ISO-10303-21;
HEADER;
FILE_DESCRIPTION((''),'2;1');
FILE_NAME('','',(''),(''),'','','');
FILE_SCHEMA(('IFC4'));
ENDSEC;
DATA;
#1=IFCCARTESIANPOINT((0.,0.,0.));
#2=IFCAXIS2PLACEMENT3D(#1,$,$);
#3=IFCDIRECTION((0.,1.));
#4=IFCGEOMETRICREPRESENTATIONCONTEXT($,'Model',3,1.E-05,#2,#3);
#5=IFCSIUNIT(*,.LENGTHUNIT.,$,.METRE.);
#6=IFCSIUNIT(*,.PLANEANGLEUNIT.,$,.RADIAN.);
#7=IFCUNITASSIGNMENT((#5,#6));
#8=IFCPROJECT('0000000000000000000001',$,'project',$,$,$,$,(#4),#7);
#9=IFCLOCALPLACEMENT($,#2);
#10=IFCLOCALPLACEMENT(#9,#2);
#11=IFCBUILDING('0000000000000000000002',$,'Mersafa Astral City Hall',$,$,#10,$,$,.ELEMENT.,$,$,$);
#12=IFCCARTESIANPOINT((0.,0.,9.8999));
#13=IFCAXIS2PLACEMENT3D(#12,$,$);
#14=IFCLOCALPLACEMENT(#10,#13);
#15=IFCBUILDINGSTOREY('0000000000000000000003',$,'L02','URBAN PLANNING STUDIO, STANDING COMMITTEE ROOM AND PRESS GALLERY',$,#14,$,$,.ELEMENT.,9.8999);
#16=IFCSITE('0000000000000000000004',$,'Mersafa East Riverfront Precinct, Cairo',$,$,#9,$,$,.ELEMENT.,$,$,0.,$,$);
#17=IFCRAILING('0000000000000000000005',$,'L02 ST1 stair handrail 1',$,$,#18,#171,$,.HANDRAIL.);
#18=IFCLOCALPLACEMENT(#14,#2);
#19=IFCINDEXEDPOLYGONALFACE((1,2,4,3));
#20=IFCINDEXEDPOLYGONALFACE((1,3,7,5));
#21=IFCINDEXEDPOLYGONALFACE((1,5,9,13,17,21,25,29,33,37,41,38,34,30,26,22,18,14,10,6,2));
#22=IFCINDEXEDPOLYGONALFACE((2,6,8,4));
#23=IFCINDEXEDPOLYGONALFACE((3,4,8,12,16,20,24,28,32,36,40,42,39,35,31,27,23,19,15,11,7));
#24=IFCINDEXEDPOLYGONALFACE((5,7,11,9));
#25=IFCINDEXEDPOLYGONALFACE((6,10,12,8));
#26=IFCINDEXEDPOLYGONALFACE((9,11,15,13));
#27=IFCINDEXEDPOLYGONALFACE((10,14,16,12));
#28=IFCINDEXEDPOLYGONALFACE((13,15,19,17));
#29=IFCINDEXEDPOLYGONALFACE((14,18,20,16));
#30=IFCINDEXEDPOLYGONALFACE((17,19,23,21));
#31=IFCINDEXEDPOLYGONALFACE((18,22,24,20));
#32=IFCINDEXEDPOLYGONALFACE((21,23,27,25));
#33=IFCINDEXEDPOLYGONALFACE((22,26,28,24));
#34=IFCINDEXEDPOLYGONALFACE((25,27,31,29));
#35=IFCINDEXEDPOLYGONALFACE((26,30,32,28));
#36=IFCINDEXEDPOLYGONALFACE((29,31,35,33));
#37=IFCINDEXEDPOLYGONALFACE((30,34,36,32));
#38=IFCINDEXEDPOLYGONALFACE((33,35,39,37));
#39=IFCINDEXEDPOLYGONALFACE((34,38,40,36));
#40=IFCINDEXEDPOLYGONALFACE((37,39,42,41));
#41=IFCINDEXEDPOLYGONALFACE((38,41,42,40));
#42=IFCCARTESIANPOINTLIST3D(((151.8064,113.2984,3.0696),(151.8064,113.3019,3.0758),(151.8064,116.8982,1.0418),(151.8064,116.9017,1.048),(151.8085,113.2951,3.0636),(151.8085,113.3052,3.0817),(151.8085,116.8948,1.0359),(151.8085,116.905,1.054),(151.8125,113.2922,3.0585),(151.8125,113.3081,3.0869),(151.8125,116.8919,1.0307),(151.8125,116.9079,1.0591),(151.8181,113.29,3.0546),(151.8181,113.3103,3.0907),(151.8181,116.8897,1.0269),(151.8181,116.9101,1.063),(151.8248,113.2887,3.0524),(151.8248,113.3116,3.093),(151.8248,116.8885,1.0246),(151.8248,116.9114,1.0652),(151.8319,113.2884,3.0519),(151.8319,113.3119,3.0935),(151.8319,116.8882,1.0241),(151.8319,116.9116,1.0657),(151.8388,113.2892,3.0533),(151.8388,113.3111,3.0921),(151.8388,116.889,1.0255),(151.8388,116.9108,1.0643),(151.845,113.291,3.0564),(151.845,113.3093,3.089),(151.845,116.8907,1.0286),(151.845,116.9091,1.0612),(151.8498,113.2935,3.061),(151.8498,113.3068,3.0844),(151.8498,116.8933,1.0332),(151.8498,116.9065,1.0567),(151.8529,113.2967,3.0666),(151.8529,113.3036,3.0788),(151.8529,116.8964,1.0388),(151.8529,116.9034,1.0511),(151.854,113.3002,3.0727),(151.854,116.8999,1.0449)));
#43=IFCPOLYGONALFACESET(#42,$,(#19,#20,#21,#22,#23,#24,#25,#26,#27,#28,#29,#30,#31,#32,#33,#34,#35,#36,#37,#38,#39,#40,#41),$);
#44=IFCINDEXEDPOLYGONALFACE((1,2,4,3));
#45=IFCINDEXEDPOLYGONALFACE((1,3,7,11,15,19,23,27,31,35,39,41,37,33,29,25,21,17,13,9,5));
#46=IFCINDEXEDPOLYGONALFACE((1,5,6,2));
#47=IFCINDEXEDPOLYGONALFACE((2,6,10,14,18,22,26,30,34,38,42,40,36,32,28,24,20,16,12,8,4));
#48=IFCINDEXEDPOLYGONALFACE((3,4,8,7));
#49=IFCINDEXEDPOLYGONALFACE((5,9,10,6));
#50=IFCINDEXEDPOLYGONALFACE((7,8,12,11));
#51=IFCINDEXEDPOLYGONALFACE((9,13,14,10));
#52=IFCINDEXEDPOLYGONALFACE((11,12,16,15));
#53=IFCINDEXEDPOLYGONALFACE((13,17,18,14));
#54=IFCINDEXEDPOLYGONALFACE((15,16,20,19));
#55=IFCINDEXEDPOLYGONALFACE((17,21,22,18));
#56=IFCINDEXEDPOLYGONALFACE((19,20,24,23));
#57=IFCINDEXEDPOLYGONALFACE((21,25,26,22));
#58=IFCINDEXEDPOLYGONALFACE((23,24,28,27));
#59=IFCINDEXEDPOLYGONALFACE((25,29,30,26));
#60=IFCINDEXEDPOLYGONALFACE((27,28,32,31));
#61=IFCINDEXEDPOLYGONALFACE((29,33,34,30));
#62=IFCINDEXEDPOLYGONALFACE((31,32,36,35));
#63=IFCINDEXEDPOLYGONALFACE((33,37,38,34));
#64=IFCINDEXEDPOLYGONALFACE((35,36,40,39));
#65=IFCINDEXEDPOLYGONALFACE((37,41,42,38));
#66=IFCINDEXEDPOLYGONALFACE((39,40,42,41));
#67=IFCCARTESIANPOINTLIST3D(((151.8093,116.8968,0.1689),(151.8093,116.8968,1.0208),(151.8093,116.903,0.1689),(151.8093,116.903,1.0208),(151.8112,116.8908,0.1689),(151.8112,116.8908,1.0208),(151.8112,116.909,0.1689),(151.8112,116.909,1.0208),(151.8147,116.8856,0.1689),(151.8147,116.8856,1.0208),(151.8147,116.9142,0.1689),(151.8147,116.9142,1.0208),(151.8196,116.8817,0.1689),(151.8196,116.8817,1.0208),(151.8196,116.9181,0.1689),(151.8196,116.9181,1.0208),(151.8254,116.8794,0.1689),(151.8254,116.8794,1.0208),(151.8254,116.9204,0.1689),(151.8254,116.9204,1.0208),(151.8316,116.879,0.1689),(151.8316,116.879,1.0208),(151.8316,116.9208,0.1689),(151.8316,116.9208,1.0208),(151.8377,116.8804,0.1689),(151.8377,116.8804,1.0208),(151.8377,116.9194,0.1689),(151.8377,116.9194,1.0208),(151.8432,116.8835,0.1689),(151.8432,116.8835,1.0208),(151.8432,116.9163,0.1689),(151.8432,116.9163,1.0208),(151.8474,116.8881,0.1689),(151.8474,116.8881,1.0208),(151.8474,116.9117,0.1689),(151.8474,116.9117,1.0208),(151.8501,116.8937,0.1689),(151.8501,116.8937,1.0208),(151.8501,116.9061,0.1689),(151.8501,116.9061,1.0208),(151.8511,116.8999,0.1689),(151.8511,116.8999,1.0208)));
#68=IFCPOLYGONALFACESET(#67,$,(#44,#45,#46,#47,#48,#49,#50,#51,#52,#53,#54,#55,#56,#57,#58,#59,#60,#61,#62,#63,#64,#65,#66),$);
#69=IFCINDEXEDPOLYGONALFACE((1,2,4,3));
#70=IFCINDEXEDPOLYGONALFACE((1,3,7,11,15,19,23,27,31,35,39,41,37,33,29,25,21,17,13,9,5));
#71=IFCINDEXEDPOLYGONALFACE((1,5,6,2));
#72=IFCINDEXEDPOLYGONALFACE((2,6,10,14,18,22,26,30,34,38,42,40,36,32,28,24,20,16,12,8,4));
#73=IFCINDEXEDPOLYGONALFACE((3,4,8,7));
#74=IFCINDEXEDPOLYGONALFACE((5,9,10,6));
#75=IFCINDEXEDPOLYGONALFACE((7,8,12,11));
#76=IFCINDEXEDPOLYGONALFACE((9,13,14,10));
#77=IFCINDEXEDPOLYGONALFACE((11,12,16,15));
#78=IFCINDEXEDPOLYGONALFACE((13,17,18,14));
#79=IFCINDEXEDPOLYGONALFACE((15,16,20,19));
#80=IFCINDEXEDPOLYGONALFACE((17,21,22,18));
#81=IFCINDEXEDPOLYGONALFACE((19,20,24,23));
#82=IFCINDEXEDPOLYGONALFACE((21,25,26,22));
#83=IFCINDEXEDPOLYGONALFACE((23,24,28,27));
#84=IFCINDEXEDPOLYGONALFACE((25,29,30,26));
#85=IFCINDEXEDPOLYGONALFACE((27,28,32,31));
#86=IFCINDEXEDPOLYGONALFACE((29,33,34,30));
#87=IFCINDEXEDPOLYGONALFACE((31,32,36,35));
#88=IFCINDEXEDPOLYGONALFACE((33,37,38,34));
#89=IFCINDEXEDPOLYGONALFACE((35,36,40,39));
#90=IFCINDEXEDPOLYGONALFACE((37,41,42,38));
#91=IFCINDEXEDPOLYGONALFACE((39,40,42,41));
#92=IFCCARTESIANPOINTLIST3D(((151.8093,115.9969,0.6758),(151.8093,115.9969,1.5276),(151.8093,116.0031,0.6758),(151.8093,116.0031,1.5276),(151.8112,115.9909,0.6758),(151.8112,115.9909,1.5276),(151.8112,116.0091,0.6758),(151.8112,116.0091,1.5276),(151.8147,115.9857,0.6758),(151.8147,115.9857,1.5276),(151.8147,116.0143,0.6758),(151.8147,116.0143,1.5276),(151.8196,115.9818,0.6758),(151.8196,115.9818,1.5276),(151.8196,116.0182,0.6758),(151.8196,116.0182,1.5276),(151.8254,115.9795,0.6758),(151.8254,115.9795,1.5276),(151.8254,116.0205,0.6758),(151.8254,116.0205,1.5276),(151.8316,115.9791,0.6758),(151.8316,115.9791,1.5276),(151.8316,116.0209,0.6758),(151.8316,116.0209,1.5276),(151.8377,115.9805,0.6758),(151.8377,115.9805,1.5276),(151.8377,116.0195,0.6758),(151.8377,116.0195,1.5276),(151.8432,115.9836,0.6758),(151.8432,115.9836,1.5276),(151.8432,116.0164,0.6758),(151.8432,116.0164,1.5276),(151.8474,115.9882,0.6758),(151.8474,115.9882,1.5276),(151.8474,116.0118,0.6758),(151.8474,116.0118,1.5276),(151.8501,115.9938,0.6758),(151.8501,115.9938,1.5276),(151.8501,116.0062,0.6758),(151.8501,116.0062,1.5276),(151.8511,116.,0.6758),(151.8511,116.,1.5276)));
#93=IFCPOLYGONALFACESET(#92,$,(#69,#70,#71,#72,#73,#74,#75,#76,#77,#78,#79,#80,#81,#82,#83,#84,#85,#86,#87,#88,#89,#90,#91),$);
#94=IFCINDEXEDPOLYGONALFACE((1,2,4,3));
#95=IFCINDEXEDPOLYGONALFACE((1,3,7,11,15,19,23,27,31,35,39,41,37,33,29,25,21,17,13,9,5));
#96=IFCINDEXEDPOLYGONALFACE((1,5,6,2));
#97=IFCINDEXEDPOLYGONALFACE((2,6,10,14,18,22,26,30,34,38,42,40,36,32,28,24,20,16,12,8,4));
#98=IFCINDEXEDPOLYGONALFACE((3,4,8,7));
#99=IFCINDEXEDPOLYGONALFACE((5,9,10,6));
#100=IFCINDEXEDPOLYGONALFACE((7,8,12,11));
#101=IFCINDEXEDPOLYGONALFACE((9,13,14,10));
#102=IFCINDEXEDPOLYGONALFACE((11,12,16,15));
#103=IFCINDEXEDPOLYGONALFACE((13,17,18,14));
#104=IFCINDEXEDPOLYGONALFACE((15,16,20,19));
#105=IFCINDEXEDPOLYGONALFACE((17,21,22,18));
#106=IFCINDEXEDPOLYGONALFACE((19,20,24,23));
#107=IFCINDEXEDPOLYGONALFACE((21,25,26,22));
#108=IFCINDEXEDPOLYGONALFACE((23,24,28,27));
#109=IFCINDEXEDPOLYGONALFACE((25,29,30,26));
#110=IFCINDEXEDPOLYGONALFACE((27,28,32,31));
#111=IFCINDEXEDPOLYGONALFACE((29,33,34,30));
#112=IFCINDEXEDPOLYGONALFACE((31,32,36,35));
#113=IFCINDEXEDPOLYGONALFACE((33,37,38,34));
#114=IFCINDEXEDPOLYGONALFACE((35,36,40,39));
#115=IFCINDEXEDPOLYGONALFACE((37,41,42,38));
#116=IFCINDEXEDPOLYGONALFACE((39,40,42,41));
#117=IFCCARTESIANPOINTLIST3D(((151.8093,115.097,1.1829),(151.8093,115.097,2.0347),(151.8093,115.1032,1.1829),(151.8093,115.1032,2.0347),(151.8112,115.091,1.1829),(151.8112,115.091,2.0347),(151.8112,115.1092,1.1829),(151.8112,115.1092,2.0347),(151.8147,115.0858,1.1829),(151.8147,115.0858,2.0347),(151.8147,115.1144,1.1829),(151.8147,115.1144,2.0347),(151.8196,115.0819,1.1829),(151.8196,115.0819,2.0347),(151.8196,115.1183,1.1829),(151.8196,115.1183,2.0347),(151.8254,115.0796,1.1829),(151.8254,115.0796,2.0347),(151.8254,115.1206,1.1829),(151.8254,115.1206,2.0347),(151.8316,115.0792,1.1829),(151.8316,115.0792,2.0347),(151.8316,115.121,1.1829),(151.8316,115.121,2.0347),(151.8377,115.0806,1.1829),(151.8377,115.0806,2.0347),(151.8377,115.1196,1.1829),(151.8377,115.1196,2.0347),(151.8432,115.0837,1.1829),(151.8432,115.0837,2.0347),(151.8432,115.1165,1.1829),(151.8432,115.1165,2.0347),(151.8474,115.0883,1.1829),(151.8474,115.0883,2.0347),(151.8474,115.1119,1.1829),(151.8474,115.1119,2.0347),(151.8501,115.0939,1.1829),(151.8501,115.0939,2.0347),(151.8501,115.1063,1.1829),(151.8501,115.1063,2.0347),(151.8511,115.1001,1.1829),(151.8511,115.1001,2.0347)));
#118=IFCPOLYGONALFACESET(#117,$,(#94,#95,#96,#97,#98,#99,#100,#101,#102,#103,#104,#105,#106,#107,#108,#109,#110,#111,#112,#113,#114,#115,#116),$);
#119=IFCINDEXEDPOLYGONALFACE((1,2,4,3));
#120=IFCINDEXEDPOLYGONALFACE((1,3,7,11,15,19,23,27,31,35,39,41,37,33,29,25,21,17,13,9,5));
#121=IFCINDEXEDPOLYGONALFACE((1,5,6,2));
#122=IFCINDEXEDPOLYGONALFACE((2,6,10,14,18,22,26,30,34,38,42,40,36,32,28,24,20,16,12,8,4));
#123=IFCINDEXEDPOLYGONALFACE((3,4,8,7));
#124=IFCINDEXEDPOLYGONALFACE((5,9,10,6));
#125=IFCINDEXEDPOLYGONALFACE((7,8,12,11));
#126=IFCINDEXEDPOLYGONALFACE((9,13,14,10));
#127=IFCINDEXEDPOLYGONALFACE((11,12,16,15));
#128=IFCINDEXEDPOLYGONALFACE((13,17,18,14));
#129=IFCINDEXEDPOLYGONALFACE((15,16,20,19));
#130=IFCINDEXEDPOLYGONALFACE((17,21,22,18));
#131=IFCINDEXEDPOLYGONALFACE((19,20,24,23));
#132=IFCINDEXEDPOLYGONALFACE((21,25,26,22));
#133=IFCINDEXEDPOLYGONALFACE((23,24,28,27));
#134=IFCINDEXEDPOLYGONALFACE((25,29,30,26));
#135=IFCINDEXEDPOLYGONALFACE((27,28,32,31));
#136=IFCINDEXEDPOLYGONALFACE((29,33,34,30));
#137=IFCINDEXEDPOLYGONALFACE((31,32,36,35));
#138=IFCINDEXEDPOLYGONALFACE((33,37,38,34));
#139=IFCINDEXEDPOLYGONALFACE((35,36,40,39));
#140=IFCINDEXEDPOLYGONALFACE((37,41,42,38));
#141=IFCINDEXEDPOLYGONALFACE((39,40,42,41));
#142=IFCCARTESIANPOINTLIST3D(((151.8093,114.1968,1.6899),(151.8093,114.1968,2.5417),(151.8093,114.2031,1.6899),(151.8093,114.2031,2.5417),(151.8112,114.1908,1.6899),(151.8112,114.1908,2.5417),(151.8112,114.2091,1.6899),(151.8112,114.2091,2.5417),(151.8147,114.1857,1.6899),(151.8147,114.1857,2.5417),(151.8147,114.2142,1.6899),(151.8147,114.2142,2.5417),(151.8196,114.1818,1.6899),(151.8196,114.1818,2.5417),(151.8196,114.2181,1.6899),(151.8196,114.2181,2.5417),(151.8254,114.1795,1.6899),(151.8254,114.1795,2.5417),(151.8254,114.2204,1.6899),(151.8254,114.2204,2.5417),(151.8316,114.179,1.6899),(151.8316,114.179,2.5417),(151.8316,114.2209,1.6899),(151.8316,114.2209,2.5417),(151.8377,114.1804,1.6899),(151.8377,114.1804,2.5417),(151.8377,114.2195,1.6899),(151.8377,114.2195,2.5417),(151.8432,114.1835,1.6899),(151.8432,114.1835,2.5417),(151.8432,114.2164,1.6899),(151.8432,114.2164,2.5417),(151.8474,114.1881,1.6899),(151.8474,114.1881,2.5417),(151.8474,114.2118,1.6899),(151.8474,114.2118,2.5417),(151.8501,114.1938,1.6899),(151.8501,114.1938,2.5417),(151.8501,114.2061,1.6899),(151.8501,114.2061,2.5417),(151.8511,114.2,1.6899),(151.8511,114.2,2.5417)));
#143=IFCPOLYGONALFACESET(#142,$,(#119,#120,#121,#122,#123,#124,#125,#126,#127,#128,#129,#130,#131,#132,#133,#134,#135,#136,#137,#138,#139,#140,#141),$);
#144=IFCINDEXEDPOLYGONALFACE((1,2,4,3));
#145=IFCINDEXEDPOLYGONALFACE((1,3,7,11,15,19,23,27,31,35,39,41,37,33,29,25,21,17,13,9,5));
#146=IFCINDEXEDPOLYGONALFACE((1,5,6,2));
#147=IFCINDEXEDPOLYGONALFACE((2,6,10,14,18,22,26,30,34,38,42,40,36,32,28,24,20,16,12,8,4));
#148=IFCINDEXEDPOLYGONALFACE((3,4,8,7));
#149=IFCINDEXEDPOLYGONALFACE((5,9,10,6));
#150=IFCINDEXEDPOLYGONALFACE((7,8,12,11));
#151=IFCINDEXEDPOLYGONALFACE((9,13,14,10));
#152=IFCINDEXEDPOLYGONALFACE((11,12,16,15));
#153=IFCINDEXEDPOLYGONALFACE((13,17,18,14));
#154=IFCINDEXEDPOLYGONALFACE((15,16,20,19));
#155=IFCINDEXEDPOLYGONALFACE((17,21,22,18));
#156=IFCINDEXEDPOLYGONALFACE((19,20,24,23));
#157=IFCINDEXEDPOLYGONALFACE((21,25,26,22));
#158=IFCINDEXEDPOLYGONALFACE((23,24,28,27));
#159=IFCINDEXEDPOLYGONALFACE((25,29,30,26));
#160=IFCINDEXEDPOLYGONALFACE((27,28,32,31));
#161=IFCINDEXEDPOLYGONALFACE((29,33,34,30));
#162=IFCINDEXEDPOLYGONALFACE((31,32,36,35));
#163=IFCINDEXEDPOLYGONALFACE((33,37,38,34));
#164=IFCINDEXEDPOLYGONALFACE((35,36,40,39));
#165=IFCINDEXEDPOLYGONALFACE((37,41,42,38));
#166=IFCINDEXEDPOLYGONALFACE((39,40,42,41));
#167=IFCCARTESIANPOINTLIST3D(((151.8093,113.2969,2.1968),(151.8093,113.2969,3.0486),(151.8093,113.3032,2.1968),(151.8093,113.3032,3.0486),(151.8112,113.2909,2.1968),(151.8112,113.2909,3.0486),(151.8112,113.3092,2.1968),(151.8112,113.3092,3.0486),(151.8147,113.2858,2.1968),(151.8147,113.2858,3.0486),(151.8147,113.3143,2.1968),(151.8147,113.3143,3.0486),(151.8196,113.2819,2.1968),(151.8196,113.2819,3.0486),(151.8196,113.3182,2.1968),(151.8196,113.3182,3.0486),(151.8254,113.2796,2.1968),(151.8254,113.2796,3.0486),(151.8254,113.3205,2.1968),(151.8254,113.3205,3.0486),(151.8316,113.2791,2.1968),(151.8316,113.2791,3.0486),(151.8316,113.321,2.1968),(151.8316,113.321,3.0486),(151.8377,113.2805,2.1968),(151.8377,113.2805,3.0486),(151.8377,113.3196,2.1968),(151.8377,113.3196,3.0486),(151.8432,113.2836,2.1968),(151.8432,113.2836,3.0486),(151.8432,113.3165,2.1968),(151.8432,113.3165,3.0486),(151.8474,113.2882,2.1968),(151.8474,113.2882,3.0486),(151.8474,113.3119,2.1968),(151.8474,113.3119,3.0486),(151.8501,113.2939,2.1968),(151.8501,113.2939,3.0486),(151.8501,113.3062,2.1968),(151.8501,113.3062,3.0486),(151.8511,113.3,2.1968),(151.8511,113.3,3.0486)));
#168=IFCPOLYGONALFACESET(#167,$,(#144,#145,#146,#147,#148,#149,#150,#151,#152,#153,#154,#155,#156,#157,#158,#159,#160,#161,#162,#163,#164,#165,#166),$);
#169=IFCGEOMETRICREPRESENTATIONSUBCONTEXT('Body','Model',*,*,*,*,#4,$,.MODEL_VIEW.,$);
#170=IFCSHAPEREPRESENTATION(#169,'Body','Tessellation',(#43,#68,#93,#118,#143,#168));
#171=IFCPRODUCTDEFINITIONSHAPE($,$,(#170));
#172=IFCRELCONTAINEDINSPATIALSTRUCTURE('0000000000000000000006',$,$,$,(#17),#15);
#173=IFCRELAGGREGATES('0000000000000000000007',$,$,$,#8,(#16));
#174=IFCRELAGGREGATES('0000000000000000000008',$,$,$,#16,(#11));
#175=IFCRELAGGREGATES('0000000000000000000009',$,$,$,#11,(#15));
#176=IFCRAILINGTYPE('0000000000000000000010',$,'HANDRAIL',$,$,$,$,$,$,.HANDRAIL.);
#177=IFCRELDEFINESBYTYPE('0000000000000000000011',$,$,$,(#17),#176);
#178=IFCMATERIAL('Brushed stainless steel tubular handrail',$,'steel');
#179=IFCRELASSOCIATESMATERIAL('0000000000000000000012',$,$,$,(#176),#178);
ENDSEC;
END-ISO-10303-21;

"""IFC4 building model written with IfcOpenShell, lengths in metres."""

from ifc_helpers import new_model, si_unit, direction, frame, origin, origin_2d, place, context, subcontext, project, spatial, circle, extrude, material, type_object, element, save


model = new_model("IFC4")

# Units and contexts
model_context = context("Model", 3, precision=1e-05, world=origin(), true_north=direction((0.0, 1.0)))
body_context = subcontext(model_context, "Body", "Model", "MODEL_VIEW")
ifc_project = project(units=[si_unit("LENGTHUNIT", "METRE"), si_unit("PLANEANGLEUNIT", "RADIAN")], contexts=[model_context])

# Site, building, storey
site_placement = place(None, origin())
site = spatial("IfcSite", under=ifc_project, at=site_placement, Name="Mersafa East Riverfront Precinct, Cairo", CompositionType="ELEMENT", RefElevation=0.0)
building_placement = place(site_placement, origin())
building = spatial("IfcBuilding", under=site, at=building_placement, Name="Mersafa Astral City Hall", CompositionType="ELEMENT")
storey_placement = place(building_placement, frame((0.0, 0.0, 9.8999)))
storey = spatial("IfcBuildingStorey", under=building, at=storey_placement, Name="L02", Description="URBAN PLANNING STUDIO, STANDING COMMITTEE ROOM AND PRESS GALLERY", CompositionType="ELEMENT", Elevation=9.8999)

# Railing
ifc_material_1 = material(Name="Brushed stainless steel tubular handrail", Category="steel")
railing_type_1 = type_object("IfcRailingType", Name="HANDRAIL", PredefinedType="HANDRAIL", material=ifc_material_1)
railing_1_placement = place(storey_placement, frame((151.8301, 116.8999, 0.1689)))
element("IfcRailing", 1, at=railing_1_placement, inside=storey, type_object=railing_type_1, Name="L02 ST1 stair handrail 1", PredefinedType="HANDRAIL", context=body_context, shape_type="SweptSolid", body=[
    extrude(circle(Radius=0.0239, at=origin_2d()), frame((0.0, 0.0, 0.876), z_axis=(0.0, -0.871274, 0.490797), x_axis=(1.0, 0.0, 0.0)), (0.0, 0.0, 1.0), 4.1316),
    extrude(circle(Radius=0.021, at=origin_2d()), origin(), (0.0, 0.0, 1.0), 0.8518),
    extrude(circle(Radius=0.021, at=origin_2d()), frame((0.0, -0.8999, 0.5068)), (0.0, 0.0, 1.0), 0.8518),
    extrude(circle(Radius=0.021, at=origin_2d()), frame((0.0, -1.7998, 1.0139)), (0.0, 0.0, 1.0), 0.8518),
    extrude(circle(Radius=0.021, at=origin_2d()), frame((0.0, -2.7, 1.521)), (0.0, 0.0, 1.0), 0.8518),
    extrude(circle(Radius=0.021, at=origin_2d()), frame((0.0, -3.5999, 2.0278)), (0.0, 0.0, 1.0), 0.8518),
])

save(model, "model.ifc")
